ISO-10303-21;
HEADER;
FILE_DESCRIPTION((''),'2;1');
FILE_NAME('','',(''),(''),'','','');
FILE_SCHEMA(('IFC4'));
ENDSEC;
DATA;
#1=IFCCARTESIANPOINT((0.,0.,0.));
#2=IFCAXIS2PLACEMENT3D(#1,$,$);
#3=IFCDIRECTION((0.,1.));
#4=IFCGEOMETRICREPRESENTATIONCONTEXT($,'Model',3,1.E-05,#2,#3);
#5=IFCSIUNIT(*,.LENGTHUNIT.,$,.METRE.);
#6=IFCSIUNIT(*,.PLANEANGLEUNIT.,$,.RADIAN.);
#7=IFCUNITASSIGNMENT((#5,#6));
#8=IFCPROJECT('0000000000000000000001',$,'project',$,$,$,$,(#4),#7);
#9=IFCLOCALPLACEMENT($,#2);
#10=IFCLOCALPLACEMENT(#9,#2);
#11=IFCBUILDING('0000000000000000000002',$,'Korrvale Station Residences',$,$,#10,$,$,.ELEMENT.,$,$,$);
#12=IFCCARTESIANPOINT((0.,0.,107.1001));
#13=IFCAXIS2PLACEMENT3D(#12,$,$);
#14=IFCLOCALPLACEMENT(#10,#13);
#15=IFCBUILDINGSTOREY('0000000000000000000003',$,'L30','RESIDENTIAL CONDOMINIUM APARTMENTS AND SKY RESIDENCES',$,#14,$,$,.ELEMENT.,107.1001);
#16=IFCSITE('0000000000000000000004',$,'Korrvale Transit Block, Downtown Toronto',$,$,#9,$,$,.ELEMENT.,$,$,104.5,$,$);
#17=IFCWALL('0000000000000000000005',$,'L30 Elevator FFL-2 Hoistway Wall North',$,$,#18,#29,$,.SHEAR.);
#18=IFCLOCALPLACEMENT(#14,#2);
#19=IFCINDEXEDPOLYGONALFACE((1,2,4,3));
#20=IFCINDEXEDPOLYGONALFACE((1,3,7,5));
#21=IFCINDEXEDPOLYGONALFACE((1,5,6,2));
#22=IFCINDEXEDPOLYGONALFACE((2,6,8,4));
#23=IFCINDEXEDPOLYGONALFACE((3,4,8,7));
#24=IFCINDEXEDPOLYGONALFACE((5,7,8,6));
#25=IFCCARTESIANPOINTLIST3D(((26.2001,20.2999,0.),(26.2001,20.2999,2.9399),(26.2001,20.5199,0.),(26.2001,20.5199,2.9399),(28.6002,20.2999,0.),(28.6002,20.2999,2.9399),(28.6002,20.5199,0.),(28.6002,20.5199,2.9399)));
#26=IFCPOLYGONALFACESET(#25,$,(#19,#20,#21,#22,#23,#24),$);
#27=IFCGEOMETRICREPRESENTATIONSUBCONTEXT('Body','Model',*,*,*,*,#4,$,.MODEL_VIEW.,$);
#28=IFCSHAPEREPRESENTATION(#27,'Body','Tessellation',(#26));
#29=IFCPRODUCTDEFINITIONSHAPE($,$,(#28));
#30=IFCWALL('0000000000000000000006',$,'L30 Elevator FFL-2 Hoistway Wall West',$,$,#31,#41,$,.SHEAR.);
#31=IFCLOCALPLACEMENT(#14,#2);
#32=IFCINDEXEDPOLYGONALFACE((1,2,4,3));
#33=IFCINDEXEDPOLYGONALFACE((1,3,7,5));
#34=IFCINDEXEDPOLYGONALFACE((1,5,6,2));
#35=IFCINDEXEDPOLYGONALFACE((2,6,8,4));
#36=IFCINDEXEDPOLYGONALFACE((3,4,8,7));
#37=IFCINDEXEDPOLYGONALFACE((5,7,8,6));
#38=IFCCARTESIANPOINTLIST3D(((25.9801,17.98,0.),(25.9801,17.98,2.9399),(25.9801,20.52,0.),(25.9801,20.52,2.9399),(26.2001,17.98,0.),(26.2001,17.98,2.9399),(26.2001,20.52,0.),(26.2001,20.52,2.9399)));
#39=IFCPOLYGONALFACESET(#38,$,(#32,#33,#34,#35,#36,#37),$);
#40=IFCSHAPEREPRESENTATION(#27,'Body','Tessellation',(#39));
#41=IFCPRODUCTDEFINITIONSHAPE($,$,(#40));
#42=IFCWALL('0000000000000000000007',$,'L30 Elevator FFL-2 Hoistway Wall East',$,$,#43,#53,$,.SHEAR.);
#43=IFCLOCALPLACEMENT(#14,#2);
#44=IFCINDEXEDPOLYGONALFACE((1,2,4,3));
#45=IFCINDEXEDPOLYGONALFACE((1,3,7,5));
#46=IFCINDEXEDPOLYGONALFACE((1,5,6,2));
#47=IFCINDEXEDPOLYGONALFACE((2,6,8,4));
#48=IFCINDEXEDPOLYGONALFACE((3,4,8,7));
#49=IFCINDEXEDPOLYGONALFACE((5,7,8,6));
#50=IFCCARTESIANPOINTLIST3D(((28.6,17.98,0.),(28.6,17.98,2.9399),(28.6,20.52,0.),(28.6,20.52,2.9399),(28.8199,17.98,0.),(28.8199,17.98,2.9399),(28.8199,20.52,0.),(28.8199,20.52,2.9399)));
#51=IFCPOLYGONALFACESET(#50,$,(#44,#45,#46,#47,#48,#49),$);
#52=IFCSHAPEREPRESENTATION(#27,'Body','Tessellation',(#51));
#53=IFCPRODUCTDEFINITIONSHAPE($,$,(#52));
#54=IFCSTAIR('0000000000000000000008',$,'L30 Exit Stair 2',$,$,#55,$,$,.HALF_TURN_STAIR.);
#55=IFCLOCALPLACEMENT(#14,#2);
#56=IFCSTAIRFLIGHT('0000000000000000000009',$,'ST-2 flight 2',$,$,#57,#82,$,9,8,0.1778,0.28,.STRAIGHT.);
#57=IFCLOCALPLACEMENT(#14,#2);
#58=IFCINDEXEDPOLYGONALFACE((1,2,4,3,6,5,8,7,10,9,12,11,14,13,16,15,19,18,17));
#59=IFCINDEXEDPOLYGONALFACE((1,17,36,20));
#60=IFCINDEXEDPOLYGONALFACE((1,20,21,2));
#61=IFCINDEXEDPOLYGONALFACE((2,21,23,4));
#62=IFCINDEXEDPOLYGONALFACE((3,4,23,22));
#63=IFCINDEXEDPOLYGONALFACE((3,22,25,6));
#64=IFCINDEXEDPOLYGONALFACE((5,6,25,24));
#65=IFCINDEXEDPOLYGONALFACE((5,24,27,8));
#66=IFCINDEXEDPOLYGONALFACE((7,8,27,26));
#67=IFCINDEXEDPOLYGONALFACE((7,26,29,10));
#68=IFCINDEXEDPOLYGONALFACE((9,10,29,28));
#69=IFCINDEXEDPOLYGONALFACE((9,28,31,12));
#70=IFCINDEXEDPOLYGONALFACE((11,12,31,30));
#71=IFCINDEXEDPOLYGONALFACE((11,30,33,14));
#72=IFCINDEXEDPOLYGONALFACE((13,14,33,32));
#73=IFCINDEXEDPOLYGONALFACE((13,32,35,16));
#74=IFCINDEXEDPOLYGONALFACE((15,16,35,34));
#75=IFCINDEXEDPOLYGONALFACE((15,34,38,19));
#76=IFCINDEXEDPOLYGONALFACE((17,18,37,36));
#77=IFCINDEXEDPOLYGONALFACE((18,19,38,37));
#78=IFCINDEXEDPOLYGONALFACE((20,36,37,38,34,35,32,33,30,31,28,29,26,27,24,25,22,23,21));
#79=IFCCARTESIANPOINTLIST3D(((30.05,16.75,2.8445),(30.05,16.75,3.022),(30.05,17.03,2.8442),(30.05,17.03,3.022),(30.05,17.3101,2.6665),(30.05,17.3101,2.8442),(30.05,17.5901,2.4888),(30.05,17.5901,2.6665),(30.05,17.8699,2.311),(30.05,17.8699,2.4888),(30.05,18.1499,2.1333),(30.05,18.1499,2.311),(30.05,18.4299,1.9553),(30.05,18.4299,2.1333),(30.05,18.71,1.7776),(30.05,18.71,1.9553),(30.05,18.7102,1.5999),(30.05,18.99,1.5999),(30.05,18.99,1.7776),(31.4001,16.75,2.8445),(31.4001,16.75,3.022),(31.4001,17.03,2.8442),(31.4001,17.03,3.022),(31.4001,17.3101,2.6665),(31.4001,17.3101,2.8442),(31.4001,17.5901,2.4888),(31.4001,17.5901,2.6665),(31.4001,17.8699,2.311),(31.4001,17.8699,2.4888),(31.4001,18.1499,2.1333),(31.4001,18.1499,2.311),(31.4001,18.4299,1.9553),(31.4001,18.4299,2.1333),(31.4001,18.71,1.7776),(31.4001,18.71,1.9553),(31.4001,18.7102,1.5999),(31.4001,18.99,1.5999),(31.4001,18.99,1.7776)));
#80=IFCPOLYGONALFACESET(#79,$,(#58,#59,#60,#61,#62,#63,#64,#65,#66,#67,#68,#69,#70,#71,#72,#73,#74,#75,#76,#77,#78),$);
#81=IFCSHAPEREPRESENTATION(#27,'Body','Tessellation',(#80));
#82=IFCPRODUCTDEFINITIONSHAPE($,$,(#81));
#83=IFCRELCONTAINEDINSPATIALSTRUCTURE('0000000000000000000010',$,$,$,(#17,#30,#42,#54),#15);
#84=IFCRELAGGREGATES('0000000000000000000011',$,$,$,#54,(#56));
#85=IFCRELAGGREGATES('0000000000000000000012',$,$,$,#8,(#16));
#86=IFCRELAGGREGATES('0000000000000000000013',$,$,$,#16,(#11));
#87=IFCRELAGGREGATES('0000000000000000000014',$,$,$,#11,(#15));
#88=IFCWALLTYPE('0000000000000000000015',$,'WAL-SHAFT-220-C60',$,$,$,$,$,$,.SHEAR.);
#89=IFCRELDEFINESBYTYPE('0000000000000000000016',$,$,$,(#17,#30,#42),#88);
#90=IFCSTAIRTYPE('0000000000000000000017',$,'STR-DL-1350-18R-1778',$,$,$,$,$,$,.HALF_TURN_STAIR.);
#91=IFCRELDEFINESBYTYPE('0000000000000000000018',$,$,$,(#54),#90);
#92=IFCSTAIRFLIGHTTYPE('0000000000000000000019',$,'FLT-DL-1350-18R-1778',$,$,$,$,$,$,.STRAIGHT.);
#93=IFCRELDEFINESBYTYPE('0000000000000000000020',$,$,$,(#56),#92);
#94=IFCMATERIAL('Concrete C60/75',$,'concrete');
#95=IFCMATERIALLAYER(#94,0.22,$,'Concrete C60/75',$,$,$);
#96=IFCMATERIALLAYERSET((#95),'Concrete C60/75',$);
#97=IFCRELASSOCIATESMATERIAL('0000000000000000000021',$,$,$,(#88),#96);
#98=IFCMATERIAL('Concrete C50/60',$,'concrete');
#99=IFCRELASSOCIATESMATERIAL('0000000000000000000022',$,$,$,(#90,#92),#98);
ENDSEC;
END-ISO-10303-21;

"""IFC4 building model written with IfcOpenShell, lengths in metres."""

from ifc_helpers import new_model, si_unit, direction, frame, frame_2d, origin, place, context, subcontext, project, spatial, polyline, rectangle, outline, extrude, material, layer, layer_set, type_object, element, aggregate, save


model = new_model("IFC4")

# Units and contexts
model_context = context("Model", 3, precision=1e-05, world=origin(), true_north=direction((0.0, 1.0)))
body_context = subcontext(model_context, "Body", "Model", "MODEL_VIEW")
ifc_project = project(units=[si_unit("LENGTHUNIT", "METRE"), si_unit("PLANEANGLEUNIT", "RADIAN")], contexts=[model_context])

# Site, building, storey
site_placement = place(None, origin())
site = spatial("IfcSite", under=ifc_project, at=site_placement, Name="Korrvale Transit Block, Downtown Toronto", CompositionType="ELEMENT", RefElevation=104.5)
building_placement = place(site_placement, origin())
building = spatial("IfcBuilding", under=site, at=building_placement, Name="Korrvale Station Residences", CompositionType="ELEMENT")
storey_placement = place(building_placement, frame((0.0, 0.0, 107.1001)))
storey = spatial("IfcBuildingStorey", under=building, at=storey_placement, Name="L30", Description="RESIDENTIAL CONDOMINIUM APARTMENTS AND SKY RESIDENCES", CompositionType="ELEMENT", Elevation=107.1001)

# Shared definitions
ifc_material_1 = material(Name="Concrete C60/75", Category="concrete")

# Shared definitions
ifc_layer_1 = layer(ifc_material_1, 0.22, Name="Concrete C60/75")
ifc_layer_set_1 = layer_set([ifc_layer_1], Name="Concrete C60/75")
wall_type_1 = type_object("IfcWallType", Name="WAL-SHAFT-220-C60", PredefinedType="SHEAR", material=ifc_layer_set_1)

# Walls
wall_1_placement = place(storey_placement, frame((26.2, 20.4099, 0.0), z_axis=(0.0, 0.0, 1.0), x_axis=(1.0, 0.0, 0.0)))
element("IfcWall", 1, at=wall_1_placement, inside=storey, type_object=wall_type_1, Name="L30 Elevator FFL-2 Hoistway Wall North", PredefinedType="SHEAR", context=body_context, shape_type="SweptSolid", body=[
    extrude(rectangle(XDim=2.4001, YDim=0.22, at=frame_2d((1.2002, 0.0))), origin(), (0.0, 0.0, 1.0), 2.9399),
])
for number, where, z_axis, x_axis, name in (
    (2, (26.0901, 17.98, 0.0), (0.0, 0.0, 1.0), (0.0, 1.0, 0.0), "L30 Elevator FFL-2 Hoistway Wall West"),
    (3, (28.71, 17.98, 0.0), (0.0, 0.0, 1.0), (0.0, 1.0, 0.0), "L30 Elevator FFL-2 Hoistway Wall East"),
):
    element("IfcWall", number, at=place(storey_placement, frame(where, z_axis=z_axis, x_axis=x_axis)), inside=storey, type_object=wall_type_1, Name=name, PredefinedType="SHEAR", context=body_context, shape_type="SweptSolid", body=[
        extrude(rectangle(XDim=2.54, YDim=0.22, at=frame_2d((1.27, 0.0))), origin(), (0.0, 0.0, 1.0), 2.9399),
    ])

# Stair, stair flight
ifc_material_2 = material(Name="Concrete C50/60", Category="concrete")
stair_type = type_object("IfcStairType", Name="STR-DL-1350-18R-1778", PredefinedType="HALF_TURN_STAIR", material=ifc_material_2)
stair_placement = place(storey_placement, origin())
stair = element("IfcStair", 4, at=stair_placement, inside=storey, type_object=stair_type, Name="L30 Exit Stair 2", PredefinedType="HALF_TURN_STAIR")
stair_flight_type = type_object("IfcStairFlightType", Name="FLT-DL-1350-18R-1778", PredefinedType="STRAIGHT", material=ifc_material_2)
stair_flight_placement = place(storey_placement, frame((30.7251, 18.99, 1.5999), z_axis=(0.0, 0.0, 1.0), x_axis=(0.0, -1.0, 0.0)))
stair_flight = element("IfcStairFlight", 5, at=stair_flight_placement, type_object=stair_flight_type, Name="ST-2 flight 2", NumberOfRisers=9, NumberOfTreads=8, PredefinedType="STRAIGHT", RiserHeight=0.1778, TreadLength=0.28, context=body_context, shape_type="SweptSolid", body=[
    extrude(outline(polyline([(0.0, 0.0), (0.0, 0.1777), (0.28, 0.1777), (0.28, 0.3555), (0.5601, 0.3555), (0.5601, 0.5334), (0.8401, 0.5334), (0.8401, 0.7112), (1.1201, 0.7112), (1.1201, 0.8889), (1.3999, 0.8889), (1.3999, 1.0667), (1.6799, 1.0667), (1.6799, 1.2444), (1.96, 1.2444), (1.96, 1.4221), (2.24, 1.4221), (2.24, 1.6001), (2.24, 1.2446), (0.2798, 0.0), (0.0, 0.0)])), frame((0.0, 0.675, 0.0), z_axis=(0.0, -1.0, 0.0), x_axis=(1.0, 0.0, 0.0)), (0.0, 0.0, 1.0), 1.3501),
])
aggregate(stair, [stair_flight])

save(model, "model.ifc")
